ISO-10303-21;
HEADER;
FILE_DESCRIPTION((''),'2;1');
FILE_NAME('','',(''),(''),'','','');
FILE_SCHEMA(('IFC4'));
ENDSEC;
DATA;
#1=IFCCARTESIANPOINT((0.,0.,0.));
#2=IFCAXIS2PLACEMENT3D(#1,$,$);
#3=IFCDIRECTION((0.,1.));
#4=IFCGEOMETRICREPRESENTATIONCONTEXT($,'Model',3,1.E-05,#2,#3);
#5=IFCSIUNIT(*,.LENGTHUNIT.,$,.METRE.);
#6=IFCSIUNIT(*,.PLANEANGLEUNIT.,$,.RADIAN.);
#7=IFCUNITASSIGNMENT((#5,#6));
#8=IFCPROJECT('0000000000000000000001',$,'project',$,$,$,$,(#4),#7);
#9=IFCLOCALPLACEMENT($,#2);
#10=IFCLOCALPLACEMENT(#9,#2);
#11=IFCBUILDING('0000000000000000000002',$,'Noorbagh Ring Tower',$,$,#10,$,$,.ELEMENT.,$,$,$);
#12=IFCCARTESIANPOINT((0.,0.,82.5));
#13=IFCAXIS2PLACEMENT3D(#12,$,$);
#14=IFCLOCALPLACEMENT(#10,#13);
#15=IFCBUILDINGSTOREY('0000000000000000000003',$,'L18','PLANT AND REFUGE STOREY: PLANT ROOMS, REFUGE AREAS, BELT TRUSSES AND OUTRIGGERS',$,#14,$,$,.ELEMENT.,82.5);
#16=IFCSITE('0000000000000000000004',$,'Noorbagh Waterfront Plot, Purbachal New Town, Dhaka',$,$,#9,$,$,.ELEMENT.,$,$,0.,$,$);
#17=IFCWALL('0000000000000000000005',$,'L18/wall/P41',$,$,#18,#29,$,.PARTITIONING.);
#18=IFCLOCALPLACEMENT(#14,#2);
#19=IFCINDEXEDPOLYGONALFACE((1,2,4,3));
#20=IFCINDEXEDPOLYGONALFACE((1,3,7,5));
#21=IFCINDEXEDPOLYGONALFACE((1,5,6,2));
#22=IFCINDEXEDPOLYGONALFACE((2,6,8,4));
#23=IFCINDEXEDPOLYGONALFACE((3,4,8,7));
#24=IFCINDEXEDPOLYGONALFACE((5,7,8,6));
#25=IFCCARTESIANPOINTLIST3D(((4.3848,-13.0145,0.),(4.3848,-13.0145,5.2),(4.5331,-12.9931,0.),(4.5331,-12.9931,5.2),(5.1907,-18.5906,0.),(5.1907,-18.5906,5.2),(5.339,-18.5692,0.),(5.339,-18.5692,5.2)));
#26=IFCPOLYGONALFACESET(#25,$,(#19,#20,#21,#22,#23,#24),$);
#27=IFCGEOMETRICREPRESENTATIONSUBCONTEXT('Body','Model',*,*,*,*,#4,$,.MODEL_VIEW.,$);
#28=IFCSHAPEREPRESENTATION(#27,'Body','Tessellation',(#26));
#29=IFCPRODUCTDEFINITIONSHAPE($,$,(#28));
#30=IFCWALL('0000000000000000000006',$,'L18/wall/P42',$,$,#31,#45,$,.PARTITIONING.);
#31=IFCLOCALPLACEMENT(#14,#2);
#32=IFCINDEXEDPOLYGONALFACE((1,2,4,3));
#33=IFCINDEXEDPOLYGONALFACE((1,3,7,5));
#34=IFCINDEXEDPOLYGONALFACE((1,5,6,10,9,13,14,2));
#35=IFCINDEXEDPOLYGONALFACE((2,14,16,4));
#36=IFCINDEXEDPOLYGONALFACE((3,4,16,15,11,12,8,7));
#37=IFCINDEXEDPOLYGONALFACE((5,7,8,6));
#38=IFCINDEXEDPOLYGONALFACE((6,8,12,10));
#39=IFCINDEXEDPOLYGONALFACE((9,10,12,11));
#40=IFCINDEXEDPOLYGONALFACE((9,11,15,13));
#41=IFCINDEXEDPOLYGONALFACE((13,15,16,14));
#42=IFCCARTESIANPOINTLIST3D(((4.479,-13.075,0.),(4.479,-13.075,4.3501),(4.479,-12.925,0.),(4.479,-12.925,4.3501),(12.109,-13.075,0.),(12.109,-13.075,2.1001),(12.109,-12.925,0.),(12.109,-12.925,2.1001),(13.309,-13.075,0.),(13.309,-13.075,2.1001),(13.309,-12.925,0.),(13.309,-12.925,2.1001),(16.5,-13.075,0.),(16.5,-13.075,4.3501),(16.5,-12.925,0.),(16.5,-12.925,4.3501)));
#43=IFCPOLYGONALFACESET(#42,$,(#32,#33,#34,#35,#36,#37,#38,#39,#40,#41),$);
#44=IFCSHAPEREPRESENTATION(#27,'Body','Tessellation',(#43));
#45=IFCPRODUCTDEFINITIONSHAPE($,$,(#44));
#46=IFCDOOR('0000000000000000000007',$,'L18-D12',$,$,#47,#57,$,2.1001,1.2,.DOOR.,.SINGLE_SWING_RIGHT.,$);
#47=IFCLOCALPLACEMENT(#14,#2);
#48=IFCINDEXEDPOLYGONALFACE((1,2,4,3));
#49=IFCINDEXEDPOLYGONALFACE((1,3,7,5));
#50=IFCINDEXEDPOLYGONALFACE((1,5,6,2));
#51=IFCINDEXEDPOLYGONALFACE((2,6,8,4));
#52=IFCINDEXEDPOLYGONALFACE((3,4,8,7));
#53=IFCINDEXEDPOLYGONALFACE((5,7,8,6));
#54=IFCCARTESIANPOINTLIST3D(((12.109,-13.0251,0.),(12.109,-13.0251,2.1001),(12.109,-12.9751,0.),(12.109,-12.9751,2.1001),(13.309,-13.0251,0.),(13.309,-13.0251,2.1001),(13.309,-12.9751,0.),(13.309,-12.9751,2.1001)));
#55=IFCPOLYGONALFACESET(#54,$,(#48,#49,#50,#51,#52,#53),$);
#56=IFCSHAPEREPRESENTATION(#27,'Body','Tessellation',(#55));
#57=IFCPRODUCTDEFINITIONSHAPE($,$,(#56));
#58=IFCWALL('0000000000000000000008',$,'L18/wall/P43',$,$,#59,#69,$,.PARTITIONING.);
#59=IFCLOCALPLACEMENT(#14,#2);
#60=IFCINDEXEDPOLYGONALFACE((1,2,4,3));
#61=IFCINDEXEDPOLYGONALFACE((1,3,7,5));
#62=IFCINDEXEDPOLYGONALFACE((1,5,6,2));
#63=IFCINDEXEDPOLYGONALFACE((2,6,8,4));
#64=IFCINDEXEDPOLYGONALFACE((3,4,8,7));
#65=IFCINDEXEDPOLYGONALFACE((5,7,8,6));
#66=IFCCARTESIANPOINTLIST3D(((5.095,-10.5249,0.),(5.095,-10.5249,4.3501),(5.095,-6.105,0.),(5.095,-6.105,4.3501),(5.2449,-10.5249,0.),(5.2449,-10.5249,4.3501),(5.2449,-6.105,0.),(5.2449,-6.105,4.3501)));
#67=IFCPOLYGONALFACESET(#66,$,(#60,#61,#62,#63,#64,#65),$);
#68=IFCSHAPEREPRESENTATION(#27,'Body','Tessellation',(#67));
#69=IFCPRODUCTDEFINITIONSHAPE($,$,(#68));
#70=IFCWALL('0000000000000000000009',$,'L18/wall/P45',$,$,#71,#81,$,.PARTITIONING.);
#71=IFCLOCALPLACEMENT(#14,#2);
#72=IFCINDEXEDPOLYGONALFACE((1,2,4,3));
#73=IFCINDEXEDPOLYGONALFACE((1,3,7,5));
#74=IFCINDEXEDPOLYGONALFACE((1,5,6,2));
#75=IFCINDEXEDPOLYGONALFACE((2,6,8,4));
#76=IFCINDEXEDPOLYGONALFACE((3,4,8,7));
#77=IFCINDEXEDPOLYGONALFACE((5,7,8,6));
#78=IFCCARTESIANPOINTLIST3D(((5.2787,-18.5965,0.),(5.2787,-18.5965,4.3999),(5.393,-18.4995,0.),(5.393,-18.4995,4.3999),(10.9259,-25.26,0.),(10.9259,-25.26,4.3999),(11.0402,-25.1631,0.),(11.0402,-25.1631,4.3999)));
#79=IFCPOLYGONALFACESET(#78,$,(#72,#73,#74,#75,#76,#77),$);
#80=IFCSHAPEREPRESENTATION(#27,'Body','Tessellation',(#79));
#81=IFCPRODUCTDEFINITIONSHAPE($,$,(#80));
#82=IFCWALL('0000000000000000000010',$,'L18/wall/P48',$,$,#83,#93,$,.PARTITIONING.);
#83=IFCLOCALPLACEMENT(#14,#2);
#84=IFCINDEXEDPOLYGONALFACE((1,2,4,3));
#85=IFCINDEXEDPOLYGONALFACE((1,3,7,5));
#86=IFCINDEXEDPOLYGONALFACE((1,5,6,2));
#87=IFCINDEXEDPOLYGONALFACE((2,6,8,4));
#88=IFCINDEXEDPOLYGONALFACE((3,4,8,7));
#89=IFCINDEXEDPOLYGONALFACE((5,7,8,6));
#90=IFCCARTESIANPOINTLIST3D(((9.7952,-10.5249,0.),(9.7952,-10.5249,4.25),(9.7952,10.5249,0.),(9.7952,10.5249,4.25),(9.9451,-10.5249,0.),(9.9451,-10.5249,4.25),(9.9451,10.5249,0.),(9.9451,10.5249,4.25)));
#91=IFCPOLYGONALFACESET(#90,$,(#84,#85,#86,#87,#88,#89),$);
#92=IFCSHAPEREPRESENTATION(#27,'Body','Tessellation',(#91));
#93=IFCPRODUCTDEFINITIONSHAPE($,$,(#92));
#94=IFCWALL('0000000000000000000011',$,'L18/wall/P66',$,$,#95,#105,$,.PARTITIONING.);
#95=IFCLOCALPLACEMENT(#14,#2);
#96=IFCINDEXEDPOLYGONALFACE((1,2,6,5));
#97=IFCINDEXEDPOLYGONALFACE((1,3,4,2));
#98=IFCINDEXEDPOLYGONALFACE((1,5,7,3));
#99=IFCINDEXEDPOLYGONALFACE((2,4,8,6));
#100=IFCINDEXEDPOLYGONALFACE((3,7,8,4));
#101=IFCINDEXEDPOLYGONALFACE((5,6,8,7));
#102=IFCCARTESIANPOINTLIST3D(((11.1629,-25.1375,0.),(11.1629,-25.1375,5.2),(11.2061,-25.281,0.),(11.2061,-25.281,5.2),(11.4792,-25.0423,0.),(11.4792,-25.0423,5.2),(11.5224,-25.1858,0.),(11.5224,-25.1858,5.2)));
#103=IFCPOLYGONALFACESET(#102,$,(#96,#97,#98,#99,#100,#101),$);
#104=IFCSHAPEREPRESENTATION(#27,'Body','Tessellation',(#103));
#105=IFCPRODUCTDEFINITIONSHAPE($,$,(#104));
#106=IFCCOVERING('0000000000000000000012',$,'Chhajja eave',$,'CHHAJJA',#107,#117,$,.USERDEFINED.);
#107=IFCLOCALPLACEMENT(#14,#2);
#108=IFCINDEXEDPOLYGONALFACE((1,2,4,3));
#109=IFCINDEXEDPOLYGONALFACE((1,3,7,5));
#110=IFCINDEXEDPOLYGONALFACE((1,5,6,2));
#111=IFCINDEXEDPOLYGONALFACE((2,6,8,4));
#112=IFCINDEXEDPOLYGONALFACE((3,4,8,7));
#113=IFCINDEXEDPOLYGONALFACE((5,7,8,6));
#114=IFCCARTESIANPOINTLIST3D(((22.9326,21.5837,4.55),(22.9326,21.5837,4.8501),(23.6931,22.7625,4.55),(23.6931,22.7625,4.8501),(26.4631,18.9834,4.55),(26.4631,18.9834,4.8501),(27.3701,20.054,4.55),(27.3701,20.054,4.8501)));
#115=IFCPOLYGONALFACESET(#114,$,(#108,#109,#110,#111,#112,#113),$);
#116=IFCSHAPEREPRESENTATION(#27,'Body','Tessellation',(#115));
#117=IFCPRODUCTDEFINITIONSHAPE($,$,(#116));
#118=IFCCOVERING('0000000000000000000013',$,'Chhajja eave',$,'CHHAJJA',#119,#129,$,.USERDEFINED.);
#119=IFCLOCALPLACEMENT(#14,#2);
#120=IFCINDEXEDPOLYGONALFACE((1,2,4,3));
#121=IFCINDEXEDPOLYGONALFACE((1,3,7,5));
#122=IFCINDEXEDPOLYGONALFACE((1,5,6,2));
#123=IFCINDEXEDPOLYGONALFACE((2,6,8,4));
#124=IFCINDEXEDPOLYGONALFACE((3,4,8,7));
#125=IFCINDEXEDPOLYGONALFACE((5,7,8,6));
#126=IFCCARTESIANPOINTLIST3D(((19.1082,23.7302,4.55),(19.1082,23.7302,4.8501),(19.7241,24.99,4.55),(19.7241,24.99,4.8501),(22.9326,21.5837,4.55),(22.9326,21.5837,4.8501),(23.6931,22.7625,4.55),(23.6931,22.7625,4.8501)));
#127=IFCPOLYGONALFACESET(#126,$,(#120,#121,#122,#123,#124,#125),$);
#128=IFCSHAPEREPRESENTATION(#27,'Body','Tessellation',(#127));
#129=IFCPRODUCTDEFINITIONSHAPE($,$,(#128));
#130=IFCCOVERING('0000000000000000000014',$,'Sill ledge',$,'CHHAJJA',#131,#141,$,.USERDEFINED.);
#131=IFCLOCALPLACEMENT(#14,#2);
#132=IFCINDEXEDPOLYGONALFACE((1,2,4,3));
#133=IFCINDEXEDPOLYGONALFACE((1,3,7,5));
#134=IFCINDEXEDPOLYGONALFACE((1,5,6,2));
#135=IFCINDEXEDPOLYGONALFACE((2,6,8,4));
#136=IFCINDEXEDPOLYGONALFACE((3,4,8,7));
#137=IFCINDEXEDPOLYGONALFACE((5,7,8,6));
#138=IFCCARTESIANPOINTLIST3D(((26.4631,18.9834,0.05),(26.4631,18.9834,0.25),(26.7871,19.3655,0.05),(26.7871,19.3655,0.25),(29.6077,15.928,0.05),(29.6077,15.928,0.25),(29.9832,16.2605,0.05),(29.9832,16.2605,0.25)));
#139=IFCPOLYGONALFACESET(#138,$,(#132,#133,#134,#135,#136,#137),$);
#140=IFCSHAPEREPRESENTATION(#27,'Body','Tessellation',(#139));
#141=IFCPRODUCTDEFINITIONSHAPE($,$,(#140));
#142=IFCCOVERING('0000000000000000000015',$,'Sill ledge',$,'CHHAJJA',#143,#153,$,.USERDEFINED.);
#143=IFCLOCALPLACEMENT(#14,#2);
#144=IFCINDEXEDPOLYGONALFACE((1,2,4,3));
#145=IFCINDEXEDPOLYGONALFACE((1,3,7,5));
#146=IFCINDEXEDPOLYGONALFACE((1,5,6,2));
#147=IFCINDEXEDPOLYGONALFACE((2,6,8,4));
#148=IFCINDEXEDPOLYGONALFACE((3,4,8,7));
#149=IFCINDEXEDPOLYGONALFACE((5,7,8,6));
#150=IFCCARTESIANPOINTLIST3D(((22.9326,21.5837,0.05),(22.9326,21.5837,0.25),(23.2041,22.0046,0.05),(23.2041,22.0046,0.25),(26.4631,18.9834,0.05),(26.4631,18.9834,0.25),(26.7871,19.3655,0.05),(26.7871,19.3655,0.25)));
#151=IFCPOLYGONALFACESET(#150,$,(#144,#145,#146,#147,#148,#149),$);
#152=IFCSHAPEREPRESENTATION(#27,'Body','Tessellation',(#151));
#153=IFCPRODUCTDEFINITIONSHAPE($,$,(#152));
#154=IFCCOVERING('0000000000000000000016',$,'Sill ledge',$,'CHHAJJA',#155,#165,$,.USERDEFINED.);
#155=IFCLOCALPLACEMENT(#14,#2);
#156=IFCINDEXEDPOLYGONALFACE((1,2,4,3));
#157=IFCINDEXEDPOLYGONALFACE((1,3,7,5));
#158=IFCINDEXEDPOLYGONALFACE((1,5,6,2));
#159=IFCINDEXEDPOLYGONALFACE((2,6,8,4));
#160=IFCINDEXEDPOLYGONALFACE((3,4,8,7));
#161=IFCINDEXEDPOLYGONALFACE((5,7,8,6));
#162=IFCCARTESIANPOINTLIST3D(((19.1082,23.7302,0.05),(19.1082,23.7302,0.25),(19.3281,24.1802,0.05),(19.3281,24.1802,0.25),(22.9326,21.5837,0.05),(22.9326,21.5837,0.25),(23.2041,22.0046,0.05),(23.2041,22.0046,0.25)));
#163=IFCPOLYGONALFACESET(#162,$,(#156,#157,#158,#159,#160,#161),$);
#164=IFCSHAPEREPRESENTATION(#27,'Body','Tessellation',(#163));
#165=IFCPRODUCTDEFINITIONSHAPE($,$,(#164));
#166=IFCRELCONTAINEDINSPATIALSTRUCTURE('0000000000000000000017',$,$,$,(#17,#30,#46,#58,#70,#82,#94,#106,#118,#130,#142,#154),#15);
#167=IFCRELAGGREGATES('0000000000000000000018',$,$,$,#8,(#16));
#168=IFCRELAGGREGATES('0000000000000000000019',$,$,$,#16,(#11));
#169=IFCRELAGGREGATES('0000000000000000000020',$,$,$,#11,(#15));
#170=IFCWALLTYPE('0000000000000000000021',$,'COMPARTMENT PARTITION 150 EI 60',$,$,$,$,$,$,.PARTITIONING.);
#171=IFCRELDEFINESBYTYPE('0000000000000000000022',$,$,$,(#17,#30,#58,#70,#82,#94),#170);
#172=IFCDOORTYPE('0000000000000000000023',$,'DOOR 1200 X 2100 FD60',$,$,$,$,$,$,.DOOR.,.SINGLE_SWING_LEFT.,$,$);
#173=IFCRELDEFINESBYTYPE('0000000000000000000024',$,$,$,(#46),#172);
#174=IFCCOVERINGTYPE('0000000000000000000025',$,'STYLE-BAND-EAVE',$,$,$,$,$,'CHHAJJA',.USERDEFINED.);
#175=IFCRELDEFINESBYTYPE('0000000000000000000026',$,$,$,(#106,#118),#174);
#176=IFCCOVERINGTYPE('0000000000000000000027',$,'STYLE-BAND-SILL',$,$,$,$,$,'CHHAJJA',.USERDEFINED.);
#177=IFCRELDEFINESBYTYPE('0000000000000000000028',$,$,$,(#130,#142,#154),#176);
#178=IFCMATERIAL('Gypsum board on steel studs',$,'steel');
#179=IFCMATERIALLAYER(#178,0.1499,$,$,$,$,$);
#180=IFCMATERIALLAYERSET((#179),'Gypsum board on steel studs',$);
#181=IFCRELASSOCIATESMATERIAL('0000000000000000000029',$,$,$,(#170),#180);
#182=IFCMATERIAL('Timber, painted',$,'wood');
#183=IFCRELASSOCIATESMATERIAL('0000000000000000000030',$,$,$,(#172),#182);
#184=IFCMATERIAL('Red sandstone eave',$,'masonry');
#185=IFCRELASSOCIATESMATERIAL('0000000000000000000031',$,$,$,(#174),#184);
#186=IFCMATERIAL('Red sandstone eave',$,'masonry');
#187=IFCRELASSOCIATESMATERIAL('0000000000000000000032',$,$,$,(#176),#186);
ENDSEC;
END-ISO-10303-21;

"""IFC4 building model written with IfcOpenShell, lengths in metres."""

from ifc_helpers import new_model, si_unit, direction, frame, frame_2d, origin, place, context, subcontext, project, spatial, polyline, rectangle, outline, extrude, material, layer, layer_set, type_object, element, fill, save


model = new_model("IFC4")

# Units and contexts
model_context = context("Model", 3, precision=1e-05, world=origin(), true_north=direction((0.0, 1.0)))
body_context = subcontext(model_context, "Body", "Model", "MODEL_VIEW")
ifc_project = project(units=[si_unit("LENGTHUNIT", "METRE"), si_unit("PLANEANGLEUNIT", "RADIAN")], contexts=[model_context])

# Site, building, storey
site_placement = place(None, origin())
site = spatial("IfcSite", under=ifc_project, at=site_placement, Name="Noorbagh Waterfront Plot, Purbachal New Town, Dhaka", CompositionType="ELEMENT", RefElevation=0.0)
building_placement = place(site_placement, origin())
building = spatial("IfcBuilding", under=site, at=building_placement, Name="Noorbagh Ring Tower", CompositionType="ELEMENT")
storey_placement = place(building_placement, frame((0.0, 0.0, 82.5)))
storey = spatial("IfcBuildingStorey", under=building, at=storey_placement, Name="L18", Description="PLANT AND REFUGE STOREY: PLANT ROOMS, REFUGE AREAS, BELT TRUSSES AND OUTRIGGERS", CompositionType="ELEMENT", Elevation=82.5)

# Shared definitions
ifc_material_1 = material(Name="Gypsum board on steel studs", Category="steel")
ifc_layer = layer(ifc_material_1, 0.1499)
ifc_layer_set = layer_set([ifc_layer], Name="Gypsum board on steel studs")
wall_type = type_object("IfcWallType", Name="COMPARTMENT PARTITION 150 EI 60", PredefinedType="PARTITIONING", material=ifc_layer_set)

# Shared definitions
ifc_material_2 = material(Name="Timber, painted", Category="wood")
door_type = type_object("IfcDoorType", Name="DOOR 1200 X 2100 FD60", OperationType="SINGLE_SWING_LEFT", PredefinedType="DOOR", material=ifc_material_2)

# Wall
wall_1_placement = place(storey_placement, frame((4.459, -13.0039, 0.0), z_axis=(0.0, 0.0, 1.0), x_axis=(0.143041, -0.989717, 0.0)))
element("IfcWall", 1, at=wall_1_placement, inside=storey, type_object=wall_type, Name="L18/wall/P41", PredefinedType="PARTITIONING", context=body_context, shape_type="SweptSolid", body=[
    extrude(rectangle(XDim=5.634, YDim=0.1499, at=frame_2d((2.8169, 0.0))), origin(), (0.0, 0.0, 1.0), 5.2),
])

# Wall, opening, door
wall_2_placement = place(storey_placement, frame((4.479, -13.0, 0.0), z_axis=(0.0, 0.0, 1.0), x_axis=(1.0, 0.0, 0.0)))
wall_2 = element("IfcWall", 2, at=wall_2_placement, inside=storey, type_object=wall_type, Name="L18/wall/P42", PredefinedType="PARTITIONING", context=body_context, shape_type="SweptSolid", body=[
    extrude(rectangle(XDim=12.021, YDim=0.1499, at=frame_2d((6.0105, 0.0))), origin(), (0.0, 0.0, 1.0), 4.3501),
])
opening_1_placement = place(wall_2_placement, frame((7.6299, 0.0, 0.0)))
opening_1 = element("IfcOpeningElement", 3, at=opening_1_placement, cuts=wall_2, PredefinedType="OPENING", context=body_context, shape_type="SweptSolid", body=[
    extrude(rectangle(XDim=1.2, YDim=2.1001, at=frame_2d((0.6001, 1.05))), frame((0.0, 0.085, 0.0), z_axis=(0.0, -1.0, 0.0), x_axis=(1.0, 0.0, 0.0)), (0.0, 0.0, 1.0), 0.1699),
])
door_1_placement = place(opening_1_placement, origin())
door_1 = element("IfcDoor", 4, at=door_1_placement, inside=storey, type_object=door_type, Name="L18-D12", OperationType="SINGLE_SWING_RIGHT", OverallHeight=2.1001, OverallWidth=1.2, PredefinedType="DOOR", context=body_context, shape_type="SweptSolid", body=[
    extrude(rectangle(XDim=1.2, YDim=2.1001, at=frame_2d((0.6001, 1.05))), frame((0.0, 0.0249, 0.0), z_axis=(0.0, -1.0, 0.0), x_axis=(1.0, 0.0, 0.0)), (0.0, 0.0, 1.0), 0.05),
])
fill(opening_1, door_1)

# Walls
wall_3_placement = place(storey_placement, frame((5.1699, -10.5249, 0.0), z_axis=(0.0, 0.0, 1.0), x_axis=(0.0, 1.0, 0.0)))
element("IfcWall", 5, at=wall_3_placement, inside=storey, type_object=wall_type, Name="L18/wall/P43", PredefinedType="PARTITIONING", context=body_context, shape_type="SweptSolid", body=[
    extrude(rectangle(XDim=4.4199, YDim=0.1499, at=frame_2d((2.21, 0.0))), origin(), (0.0, 0.0, 1.0), 4.3501),
])
wall_4_placement = place(storey_placement, frame((5.3359, -18.5481, 0.0), z_axis=(0.0, 0.0, 1.0), x_axis=(0.64653, -0.762889, 0.0)))
element("IfcWall", 6, at=wall_4_placement, inside=storey, type_object=wall_type, Name="L18/wall/P45", PredefinedType="PARTITIONING", context=body_context, shape_type="SweptSolid", body=[
    extrude(rectangle(XDim=8.7346, YDim=0.1499, at=frame_2d((4.3672, 0.0))), origin(), (0.0, 0.0, 1.0), 4.3999),
])
wall_5_placement = place(storey_placement, frame((9.8701, -10.5249, 0.0), z_axis=(0.0, 0.0, 1.0), x_axis=(0.0, 1.0, 0.0)))
element("IfcWall", 7, at=wall_5_placement, inside=storey, type_object=wall_type, Name="L18/wall/P48", PredefinedType="PARTITIONING", context=body_context, shape_type="SweptSolid", body=[
    extrude(rectangle(XDim=21.0498, YDim=0.1499, at=frame_2d((10.5249, 0.0))), origin(), (0.0, 0.0, 1.0), 4.25),
])
wall_6_placement = place(storey_placement, frame((11.1846, -25.2092, 0.0), z_axis=(0.0, 0.0, 1.0), x_axis=(0.957582, 0.288161, 0.0)))
element("IfcWall", 8, at=wall_6_placement, inside=storey, type_object=wall_type, Name="L18/wall/P66", PredefinedType="PARTITIONING", context=body_context, shape_type="SweptSolid", body=[
    extrude(rectangle(XDim=0.3303, YDim=0.1499, at=frame_2d((0.165, 0.0))), origin(), (0.0, 0.0, 1.0), 5.2),
])

# Coverings
ifc_material_3 = material(Name="Red sandstone eave", Category="masonry")
covering_type_1 = type_object("IfcCoveringType", Name="STYLE-BAND-EAVE", ElementType="CHHAJJA", PredefinedType="USERDEFINED", material=ifc_material_3)
covering_1_placement = place(storey_placement, frame((0.0, 0.0, 4.55)))
element("IfcCovering", 9, at=covering_1_placement, inside=storey, type_object=covering_type_1, Name="Chhajja eave", ObjectType="CHHAJJA", PredefinedType="USERDEFINED", context=body_context, shape_type="SweptSolid", body=[
    extrude(outline(polyline([(26.4631, 18.9834), (22.9326, 21.5837), (23.6931, 22.7625), (27.3701, 20.054), (26.4631, 18.9834)])), origin(), (0.0, 0.0, 1.0), 0.3),
])
covering_2_placement = place(storey_placement, frame((0.0, 0.0, 4.55)))
element("IfcCovering", 10, at=covering_2_placement, inside=storey, type_object=covering_type_1, Name="Chhajja eave", ObjectType="CHHAJJA", PredefinedType="USERDEFINED", context=body_context, shape_type="SweptSolid", body=[
    extrude(outline(polyline([(22.9326, 21.5837), (19.1082, 23.7302), (19.7241, 24.99), (23.6931, 22.7625), (22.9326, 21.5837)])), origin(), (0.0, 0.0, 1.0), 0.3),
])
ifc_material_4 = material(Name="Red sandstone eave", Category="masonry")
covering_type_2 = type_object("IfcCoveringType", Name="STYLE-BAND-SILL", ElementType="CHHAJJA", PredefinedType="USERDEFINED", material=ifc_material_4)
covering_3_placement = place(storey_placement, frame((0.0, 0.0, 0.05)))
element("IfcCovering", 11, at=covering_3_placement, inside=storey, type_object=covering_type_2, Name="Sill ledge", ObjectType="CHHAJJA", PredefinedType="USERDEFINED", context=body_context, shape_type="SweptSolid", body=[
    extrude(outline(polyline([(29.6077, 15.928), (26.4631, 18.9834), (26.7871, 19.3655), (29.9832, 16.2605), (29.6077, 15.928)])), origin(), (0.0, 0.0, 1.0), 0.2),
])
covering_4_placement = place(storey_placement, frame((0.0, 0.0, 0.05)))
element("IfcCovering", 12, at=covering_4_placement, inside=storey, type_object=covering_type_2, Name="Sill ledge", ObjectType="CHHAJJA", PredefinedType="USERDEFINED", context=body_context, shape_type="SweptSolid", body=[
    extrude(outline(polyline([(26.4631, 18.9834), (22.9326, 21.5837), (23.2041, 22.0046), (26.7871, 19.3655), (26.4631, 18.9834)])), origin(), (0.0, 0.0, 1.0), 0.2),
])
covering_5_placement = place(storey_placement, frame((0.0, 0.0, 0.05)))
element("IfcCovering", 13, at=covering_5_placement, inside=storey, type_object=covering_type_2, Name="Sill ledge", ObjectType="CHHAJJA", PredefinedType="USERDEFINED", context=body_context, shape_type="SweptSolid", body=[
    extrude(outline(polyline([(22.9326, 21.5837), (19.1082, 23.7302), (19.3281, 24.1802), (23.2041, 22.0046), (22.9326, 21.5837)])), origin(), (0.0, 0.0, 1.0), 0.2),
])

save(model, "model.ifc")
